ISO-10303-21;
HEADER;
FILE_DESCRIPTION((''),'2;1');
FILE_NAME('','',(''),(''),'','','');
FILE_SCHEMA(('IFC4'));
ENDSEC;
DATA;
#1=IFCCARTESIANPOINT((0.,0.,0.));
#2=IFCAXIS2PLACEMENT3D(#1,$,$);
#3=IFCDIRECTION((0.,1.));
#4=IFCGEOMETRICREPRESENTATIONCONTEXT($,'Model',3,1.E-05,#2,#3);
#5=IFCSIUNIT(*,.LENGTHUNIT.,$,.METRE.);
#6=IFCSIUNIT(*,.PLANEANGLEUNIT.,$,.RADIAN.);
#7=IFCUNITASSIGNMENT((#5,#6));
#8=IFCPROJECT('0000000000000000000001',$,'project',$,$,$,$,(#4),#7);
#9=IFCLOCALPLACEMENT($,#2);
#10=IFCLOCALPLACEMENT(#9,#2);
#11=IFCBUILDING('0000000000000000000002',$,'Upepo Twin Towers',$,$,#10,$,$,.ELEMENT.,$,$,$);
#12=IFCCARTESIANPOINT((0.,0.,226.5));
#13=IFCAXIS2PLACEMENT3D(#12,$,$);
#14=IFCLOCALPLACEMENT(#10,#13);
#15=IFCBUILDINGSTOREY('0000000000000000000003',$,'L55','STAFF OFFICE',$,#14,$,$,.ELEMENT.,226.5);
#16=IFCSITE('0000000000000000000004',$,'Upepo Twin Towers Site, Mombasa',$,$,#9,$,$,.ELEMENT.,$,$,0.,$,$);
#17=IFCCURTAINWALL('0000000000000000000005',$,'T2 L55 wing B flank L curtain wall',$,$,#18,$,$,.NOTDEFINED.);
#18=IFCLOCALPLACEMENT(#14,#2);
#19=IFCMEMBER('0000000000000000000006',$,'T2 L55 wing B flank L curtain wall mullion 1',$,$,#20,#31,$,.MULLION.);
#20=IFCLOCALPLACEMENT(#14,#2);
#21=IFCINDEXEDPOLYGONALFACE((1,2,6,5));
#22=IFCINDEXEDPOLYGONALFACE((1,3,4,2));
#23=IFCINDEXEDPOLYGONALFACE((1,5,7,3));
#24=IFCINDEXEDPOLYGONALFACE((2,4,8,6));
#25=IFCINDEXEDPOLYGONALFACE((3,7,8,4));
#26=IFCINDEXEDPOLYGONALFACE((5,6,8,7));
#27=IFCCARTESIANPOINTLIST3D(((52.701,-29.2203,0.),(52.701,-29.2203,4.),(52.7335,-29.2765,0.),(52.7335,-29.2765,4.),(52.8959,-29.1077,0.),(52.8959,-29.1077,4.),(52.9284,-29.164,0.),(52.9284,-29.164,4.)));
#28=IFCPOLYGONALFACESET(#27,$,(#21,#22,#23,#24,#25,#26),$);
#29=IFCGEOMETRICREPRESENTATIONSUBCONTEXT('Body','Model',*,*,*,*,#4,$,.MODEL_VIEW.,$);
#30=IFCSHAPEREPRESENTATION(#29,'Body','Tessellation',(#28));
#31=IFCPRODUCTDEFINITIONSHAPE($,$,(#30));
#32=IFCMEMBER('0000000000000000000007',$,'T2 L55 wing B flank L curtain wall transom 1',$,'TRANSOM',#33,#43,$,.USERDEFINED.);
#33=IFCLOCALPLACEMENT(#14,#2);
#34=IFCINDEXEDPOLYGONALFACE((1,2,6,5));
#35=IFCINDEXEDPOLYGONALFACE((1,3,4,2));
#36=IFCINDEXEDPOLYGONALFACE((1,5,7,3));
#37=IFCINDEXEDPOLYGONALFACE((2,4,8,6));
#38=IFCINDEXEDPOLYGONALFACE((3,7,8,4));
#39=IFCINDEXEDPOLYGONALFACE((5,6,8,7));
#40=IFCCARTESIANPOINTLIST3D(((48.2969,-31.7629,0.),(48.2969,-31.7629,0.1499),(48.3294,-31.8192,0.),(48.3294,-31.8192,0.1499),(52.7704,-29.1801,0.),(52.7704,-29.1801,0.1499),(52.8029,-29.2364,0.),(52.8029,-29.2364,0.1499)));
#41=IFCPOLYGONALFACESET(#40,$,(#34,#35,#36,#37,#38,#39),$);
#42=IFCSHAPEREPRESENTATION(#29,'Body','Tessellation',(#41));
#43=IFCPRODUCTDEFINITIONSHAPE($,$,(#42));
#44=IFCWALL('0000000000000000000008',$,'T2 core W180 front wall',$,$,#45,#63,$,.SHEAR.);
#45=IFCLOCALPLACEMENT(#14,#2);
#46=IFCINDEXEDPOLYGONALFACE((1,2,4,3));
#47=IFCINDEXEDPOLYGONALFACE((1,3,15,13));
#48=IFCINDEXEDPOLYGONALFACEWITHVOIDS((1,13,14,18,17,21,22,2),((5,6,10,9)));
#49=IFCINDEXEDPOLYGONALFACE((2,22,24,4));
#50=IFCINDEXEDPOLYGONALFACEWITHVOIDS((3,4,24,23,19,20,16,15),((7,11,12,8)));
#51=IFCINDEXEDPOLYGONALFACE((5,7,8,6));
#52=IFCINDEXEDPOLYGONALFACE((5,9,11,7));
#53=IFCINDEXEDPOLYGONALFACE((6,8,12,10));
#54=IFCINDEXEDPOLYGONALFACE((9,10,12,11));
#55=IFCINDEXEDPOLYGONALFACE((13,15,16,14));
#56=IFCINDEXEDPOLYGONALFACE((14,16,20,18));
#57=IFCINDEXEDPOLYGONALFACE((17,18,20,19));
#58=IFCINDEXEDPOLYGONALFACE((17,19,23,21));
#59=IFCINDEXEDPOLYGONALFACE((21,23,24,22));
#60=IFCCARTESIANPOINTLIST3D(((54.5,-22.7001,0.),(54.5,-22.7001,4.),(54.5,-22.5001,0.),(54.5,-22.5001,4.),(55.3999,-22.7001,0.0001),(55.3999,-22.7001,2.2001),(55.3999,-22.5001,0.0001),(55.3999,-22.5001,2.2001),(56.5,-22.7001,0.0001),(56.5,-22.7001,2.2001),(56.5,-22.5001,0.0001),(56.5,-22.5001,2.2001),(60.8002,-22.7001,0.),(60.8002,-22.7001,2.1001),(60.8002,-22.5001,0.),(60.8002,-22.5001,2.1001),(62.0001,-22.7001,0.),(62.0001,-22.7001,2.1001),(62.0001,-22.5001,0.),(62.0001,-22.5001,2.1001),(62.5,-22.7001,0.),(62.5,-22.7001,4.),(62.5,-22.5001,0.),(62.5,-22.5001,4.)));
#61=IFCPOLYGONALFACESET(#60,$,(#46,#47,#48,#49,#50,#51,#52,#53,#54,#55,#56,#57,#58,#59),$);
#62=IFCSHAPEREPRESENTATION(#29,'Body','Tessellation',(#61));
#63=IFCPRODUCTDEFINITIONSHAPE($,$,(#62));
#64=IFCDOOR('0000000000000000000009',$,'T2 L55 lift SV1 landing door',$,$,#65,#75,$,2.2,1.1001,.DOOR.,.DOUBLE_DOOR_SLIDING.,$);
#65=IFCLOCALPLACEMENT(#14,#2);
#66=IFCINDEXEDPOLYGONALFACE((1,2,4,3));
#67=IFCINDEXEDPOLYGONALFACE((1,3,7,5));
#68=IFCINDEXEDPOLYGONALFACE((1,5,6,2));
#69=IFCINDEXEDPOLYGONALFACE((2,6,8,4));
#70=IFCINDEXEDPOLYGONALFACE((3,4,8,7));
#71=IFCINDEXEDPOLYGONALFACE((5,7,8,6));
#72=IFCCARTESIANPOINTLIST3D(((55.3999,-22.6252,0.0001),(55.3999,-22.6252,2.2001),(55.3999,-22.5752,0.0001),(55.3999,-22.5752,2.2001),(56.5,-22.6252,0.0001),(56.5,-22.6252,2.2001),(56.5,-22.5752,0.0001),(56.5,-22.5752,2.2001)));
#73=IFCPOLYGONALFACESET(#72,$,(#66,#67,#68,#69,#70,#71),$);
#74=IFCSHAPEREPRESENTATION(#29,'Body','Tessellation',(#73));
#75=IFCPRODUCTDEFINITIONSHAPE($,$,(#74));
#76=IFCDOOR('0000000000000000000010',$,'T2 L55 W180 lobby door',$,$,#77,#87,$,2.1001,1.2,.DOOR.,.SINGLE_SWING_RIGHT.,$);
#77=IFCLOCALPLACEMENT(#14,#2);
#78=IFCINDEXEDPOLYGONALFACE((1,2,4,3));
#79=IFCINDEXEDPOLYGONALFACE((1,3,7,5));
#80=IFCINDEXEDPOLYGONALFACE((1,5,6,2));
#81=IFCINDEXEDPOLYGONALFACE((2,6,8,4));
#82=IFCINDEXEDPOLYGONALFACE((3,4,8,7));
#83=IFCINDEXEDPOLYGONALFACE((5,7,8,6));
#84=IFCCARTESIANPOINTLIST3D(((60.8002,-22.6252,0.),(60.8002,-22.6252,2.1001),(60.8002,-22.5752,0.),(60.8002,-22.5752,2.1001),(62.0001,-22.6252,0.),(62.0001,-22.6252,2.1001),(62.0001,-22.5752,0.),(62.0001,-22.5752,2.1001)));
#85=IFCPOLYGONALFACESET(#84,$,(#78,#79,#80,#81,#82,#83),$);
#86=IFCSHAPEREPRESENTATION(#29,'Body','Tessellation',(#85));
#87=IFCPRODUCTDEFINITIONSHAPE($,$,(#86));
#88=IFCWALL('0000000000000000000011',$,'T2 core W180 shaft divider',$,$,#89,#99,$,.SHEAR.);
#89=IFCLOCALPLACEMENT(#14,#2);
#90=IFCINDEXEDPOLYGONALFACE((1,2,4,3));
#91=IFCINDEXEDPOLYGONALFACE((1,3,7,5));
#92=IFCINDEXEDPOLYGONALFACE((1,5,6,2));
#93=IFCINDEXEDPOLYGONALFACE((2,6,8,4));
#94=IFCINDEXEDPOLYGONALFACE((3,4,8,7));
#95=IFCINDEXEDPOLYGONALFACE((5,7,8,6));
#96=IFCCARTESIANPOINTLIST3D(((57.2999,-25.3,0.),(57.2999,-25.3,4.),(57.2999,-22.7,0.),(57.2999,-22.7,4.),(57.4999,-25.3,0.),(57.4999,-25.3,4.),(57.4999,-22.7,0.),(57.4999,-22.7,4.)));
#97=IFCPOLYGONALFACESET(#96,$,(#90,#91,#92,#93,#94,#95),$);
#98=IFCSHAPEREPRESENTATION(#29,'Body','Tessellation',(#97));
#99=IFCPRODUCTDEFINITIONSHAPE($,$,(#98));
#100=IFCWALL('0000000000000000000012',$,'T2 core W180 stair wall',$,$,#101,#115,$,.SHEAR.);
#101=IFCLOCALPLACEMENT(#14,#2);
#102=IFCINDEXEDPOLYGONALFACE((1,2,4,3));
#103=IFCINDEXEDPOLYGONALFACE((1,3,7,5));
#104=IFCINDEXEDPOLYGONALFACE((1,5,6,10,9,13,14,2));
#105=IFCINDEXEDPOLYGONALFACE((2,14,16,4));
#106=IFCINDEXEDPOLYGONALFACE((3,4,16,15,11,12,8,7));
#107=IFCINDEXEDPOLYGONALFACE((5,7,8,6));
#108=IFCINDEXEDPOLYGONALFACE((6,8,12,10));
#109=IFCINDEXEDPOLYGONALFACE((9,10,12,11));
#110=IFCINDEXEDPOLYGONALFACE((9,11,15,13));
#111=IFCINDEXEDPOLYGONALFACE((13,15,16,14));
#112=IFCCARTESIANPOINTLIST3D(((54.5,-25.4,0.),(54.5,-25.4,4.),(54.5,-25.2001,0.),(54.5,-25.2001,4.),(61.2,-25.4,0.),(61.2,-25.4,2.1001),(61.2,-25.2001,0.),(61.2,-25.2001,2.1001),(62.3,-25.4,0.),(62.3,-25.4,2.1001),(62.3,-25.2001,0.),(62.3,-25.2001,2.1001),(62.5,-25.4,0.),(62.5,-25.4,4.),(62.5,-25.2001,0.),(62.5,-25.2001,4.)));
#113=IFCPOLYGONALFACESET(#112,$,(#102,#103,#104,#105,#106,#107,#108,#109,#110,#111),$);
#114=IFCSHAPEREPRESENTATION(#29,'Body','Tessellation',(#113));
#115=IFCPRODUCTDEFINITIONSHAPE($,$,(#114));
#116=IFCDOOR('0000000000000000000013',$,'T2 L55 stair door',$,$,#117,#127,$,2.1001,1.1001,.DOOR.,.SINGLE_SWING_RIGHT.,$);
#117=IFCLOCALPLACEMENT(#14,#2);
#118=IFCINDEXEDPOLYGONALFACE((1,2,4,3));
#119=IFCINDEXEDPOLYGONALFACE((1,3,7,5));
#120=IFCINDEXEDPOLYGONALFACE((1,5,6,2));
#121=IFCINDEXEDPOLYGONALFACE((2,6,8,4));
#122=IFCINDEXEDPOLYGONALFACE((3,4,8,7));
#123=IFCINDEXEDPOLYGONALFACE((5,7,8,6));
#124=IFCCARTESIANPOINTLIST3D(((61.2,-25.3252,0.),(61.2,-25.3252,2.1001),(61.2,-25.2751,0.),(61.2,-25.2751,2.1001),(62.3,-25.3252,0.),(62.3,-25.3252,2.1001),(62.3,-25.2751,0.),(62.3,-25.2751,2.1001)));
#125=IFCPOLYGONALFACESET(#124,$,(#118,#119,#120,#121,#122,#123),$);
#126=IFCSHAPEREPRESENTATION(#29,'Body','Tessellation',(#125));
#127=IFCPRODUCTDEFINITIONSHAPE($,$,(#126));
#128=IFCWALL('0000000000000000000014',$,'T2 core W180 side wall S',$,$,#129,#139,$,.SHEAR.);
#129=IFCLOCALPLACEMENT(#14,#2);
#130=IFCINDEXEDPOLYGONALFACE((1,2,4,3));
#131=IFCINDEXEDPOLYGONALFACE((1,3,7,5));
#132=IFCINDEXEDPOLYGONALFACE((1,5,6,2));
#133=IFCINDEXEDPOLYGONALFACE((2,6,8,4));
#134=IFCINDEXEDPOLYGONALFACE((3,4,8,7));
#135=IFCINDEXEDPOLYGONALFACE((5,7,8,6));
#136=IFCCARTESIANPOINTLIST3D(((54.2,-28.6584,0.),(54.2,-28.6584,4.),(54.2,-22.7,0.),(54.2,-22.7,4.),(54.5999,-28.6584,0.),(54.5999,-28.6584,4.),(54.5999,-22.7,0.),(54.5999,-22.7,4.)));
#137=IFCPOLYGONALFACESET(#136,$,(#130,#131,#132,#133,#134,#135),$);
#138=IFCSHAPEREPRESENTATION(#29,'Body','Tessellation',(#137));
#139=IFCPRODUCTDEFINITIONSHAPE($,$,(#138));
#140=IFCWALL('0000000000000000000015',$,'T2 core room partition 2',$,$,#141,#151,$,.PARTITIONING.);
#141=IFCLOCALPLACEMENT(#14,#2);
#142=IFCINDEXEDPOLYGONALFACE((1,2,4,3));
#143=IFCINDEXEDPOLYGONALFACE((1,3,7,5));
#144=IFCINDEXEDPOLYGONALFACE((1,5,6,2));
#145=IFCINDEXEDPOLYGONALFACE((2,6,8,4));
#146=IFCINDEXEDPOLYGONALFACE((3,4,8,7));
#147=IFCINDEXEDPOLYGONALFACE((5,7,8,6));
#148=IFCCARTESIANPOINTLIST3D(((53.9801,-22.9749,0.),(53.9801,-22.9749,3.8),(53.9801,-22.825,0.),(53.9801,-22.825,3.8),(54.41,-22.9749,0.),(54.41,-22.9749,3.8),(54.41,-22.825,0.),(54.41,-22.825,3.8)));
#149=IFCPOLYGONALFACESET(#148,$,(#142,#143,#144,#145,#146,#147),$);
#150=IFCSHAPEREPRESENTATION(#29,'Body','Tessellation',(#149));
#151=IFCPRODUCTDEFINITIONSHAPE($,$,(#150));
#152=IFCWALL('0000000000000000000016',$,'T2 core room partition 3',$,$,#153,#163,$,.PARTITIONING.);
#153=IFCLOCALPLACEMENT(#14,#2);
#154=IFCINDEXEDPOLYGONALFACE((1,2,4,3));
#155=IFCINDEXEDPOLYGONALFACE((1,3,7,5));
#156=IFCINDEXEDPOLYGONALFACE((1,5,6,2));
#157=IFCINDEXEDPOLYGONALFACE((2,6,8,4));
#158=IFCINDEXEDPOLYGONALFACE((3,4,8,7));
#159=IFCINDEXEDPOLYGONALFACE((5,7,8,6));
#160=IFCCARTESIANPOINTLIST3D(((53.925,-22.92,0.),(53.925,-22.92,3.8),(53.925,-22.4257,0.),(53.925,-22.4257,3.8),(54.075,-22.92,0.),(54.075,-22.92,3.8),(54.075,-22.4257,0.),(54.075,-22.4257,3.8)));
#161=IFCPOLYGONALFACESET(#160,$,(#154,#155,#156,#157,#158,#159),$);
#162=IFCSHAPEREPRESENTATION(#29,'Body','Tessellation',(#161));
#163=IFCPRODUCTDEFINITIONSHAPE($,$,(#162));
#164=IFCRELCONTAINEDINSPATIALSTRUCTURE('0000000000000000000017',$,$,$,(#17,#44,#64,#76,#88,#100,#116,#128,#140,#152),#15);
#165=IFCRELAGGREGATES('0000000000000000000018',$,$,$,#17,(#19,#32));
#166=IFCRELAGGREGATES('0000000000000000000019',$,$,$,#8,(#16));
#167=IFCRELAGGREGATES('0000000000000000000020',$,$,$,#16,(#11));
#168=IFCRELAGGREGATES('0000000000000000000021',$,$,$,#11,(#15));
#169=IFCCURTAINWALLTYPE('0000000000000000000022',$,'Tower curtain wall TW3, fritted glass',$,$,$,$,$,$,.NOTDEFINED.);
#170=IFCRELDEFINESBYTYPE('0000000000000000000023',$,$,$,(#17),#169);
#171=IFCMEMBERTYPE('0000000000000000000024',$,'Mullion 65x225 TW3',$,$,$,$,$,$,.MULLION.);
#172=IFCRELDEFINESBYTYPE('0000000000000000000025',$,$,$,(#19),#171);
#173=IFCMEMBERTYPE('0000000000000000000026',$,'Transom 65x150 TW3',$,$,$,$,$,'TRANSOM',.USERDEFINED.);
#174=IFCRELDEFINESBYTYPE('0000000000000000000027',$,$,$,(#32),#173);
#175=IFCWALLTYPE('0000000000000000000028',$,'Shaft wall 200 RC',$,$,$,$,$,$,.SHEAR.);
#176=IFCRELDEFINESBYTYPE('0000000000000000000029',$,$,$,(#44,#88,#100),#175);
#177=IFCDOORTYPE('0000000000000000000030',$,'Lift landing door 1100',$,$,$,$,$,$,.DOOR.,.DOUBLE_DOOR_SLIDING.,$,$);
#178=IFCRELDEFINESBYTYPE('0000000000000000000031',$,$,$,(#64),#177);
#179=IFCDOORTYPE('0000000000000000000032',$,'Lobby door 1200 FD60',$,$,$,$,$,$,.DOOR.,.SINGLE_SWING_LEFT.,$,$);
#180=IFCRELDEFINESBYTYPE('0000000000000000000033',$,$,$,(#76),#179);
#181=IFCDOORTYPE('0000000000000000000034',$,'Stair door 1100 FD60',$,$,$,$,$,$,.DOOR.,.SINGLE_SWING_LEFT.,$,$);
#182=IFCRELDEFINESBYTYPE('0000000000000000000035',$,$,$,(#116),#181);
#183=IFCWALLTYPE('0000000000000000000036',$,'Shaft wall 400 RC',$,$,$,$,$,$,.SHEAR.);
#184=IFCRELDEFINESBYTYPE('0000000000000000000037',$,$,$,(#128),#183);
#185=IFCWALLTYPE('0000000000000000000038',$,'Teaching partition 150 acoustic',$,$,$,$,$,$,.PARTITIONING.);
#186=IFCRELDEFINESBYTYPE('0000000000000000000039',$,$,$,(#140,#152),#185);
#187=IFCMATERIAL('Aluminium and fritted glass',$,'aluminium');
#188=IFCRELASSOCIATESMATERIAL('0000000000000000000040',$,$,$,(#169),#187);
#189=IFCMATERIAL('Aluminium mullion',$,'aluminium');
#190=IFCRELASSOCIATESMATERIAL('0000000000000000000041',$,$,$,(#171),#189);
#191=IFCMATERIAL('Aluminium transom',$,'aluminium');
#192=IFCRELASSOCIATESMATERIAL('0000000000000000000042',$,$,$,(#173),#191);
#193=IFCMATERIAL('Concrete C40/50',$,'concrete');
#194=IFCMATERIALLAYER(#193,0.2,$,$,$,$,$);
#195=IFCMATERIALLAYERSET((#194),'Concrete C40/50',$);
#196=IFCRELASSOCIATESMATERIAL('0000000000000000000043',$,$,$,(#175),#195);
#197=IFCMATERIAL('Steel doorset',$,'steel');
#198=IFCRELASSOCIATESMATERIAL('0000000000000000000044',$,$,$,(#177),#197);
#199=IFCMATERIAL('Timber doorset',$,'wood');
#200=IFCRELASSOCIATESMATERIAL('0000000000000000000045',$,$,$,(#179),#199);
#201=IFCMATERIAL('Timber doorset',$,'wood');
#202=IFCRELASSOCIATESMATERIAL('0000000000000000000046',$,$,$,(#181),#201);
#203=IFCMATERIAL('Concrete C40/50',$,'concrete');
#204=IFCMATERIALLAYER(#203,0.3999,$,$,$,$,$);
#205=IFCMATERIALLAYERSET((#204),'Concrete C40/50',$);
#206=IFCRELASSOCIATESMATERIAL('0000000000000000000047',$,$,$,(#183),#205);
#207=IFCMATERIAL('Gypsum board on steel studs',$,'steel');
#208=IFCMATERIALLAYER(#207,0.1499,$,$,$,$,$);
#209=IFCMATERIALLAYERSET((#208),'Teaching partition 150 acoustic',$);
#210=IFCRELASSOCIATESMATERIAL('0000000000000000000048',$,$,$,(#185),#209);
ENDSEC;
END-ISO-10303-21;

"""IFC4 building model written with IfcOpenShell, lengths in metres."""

from ifc_helpers import new_model, si_unit, direction, frame, frame_2d, origin, origin_2d, place, context, subcontext, project, spatial, rectangle, extrude, material, layer, layer_set, material_profile, profile_set, type_object, element, fill, aggregate, save


model = new_model("IFC4")

# Units and contexts
model_context = context("Model", 3, precision=1e-05, world=origin(), true_north=direction((0.0, 1.0)))
body_context = subcontext(model_context, "Body", "Model", "MODEL_VIEW")
ifc_project = project(units=[si_unit("LENGTHUNIT", "METRE"), si_unit("PLANEANGLEUNIT", "RADIAN")], contexts=[model_context])

# Site, building, storey
site_placement = place(None, origin())
site = spatial("IfcSite", under=ifc_project, at=site_placement, Name="Upepo Twin Towers Site, Mombasa", CompositionType="ELEMENT", RefElevation=0.0)
building_placement = place(site_placement, origin())
building = spatial("IfcBuilding", under=site, at=building_placement, Name="Upepo Twin Towers", CompositionType="ELEMENT")
storey_placement = place(building_placement, frame((0.0, 0.0, 226.5)))
storey = spatial("IfcBuildingStorey", under=building, at=storey_placement, Name="L55", Description="STAFF OFFICE", CompositionType="ELEMENT", Elevation=226.5)

# Curtain wall, members
ifc_material_1 = material(Name="Aluminium and fritted glass", Category="aluminium")
curtain_wall_type = type_object("IfcCurtainWallType", Name="Tower curtain wall TW3, fritted glass", PredefinedType="NOTDEFINED", material=ifc_material_1)
curtain_wall_placement = place(storey_placement, origin())
curtain_wall = element("IfcCurtainWall", 1, at=curtain_wall_placement, inside=storey, type_object=curtain_wall_type, Name="T2 L55 wing B flank L curtain wall", PredefinedType="NOTDEFINED")
ifc_material_2 = material(Name="Aluminium mullion", Category="aluminium")
ifc_material_profile_1 = material_profile(ifc_material_2, rectangle(XDim=0.0649, YDim=0.2251, at=origin_2d()), Name="MULLION 65x225")
ifc_profile_set_1 = profile_set([ifc_material_profile_1], Name="Aluminium mullion")
member_type_1 = type_object("IfcMemberType", Name="Mullion 65x225 TW3", PredefinedType="MULLION", material=ifc_profile_set_1)
member_1_placement = place(storey_placement, frame((52.8147, -29.1921, 0.0), z_axis=(0.0, 0.0, 1.0), x_axis=(0.5, -0.866025, 0.0)))
member_1 = element("IfcMember", 2, at=member_1_placement, type_object=member_type_1, Name="T2 L55 wing B flank L curtain wall mullion 1", PredefinedType="MULLION", context=body_context, shape_type="SweptSolid", body=[
    extrude(rectangle(XDim=0.0649, YDim=0.2251, at=origin_2d()), origin(), (0.0, 0.0, 1.0), 4.0),
])
ifc_material_3 = material(Name="Aluminium transom", Category="aluminium")
ifc_material_profile_2 = material_profile(ifc_material_3, rectangle(XDim=0.0649, YDim=0.1499, at=origin_2d()), Name="TRANSOM 65x150")
ifc_profile_set_2 = profile_set([ifc_material_profile_2], Name="Aluminium transom")
member_type_2 = type_object("IfcMemberType", Name="Transom 65x150 TW3", ElementType="TRANSOM", PredefinedType="USERDEFINED", material=ifc_profile_set_2)
member_2_placement = place(storey_placement, frame((52.7866, -29.2083, 0.075), z_axis=(-0.866021, -0.500007, 0.0), x_axis=(0.500007, -0.866021, 0.0)))
member_2 = element("IfcMember", 3, at=member_2_placement, type_object=member_type_2, Name="T2 L55 wing B flank L curtain wall transom 1", ObjectType="TRANSOM", PredefinedType="USERDEFINED", context=body_context, shape_type="SweptSolid", body=[
    extrude(rectangle(XDim=0.0649, YDim=0.1499, at=origin_2d()), origin(), (0.0, 0.0, 1.0), 5.1655),
])
aggregate(curtain_wall, [member_1, member_2])

# Wall, openings, doors
ifc_material_4 = material(Name="Concrete C40/50", Category="concrete")
ifc_layer_1 = layer(ifc_material_4, 0.2)
ifc_layer_set_1 = layer_set([ifc_layer_1], Name="Concrete C40/50")
wall_type_1 = type_object("IfcWallType", Name="Shaft wall 200 RC", PredefinedType="SHEAR", material=ifc_layer_set_1)
wall_1_placement = place(storey_placement, frame((54.5, -22.6001, 0.0), z_axis=(0.0, 0.0, 1.0), x_axis=(1.0, 0.0, 0.0)))
wall_1 = element("IfcWall", 4, at=wall_1_placement, inside=storey, type_object=wall_type_1, Name="T2 core W180 front wall", PredefinedType="SHEAR", context=body_context, shape_type="SweptSolid", body=[
    extrude(rectangle(XDim=8.0, YDim=0.2, at=frame_2d((4.0, 0.0))), origin(), (0.0, 0.0, 1.0), 4.0),
])
opening_1_placement = place(wall_1_placement, frame((6.3, 0.0, 0.0)))
opening_1 = element("IfcOpeningElement", 5, at=opening_1_placement, cuts=wall_1, PredefinedType="OPENING", context=body_context, shape_type="SweptSolid", body=[
    extrude(rectangle(XDim=1.2, YDim=2.1001, at=frame_2d((0.6001, 1.05))), frame((0.0, 0.1099, 0.0), z_axis=(0.0, -1.0, 0.0), x_axis=(1.0, 0.0, 0.0)), (0.0, 0.0, 1.0), 0.22),
])
opening_2_placement = place(wall_1_placement, frame((0.8999, 0.0, 0.0)))
opening_2 = element("IfcOpeningElement", 6, at=opening_2_placement, cuts=wall_1, PredefinedType="OPENING", context=body_context, shape_type="SweptSolid", body=[
    extrude(rectangle(XDim=1.1001, YDim=2.2, at=frame_2d((0.55, 1.1001))), frame((0.0, 0.1099, 0.0), z_axis=(0.0, -1.0, 0.0), x_axis=(1.0, 0.0, 0.0)), (0.0, 0.0, 1.0), 0.22),
])
ifc_material_5 = material(Name="Steel doorset", Category="steel")
door_type_1 = type_object("IfcDoorType", Name="Lift landing door 1100", OperationType="DOUBLE_DOOR_SLIDING", PredefinedType="DOOR", material=ifc_material_5)
door_1_placement = place(opening_2_placement, origin())
door_1 = element("IfcDoor", 7, at=door_1_placement, inside=storey, type_object=door_type_1, Name="T2 L55 lift SV1 landing door", OperationType="DOUBLE_DOOR_SLIDING", OverallHeight=2.2, OverallWidth=1.1001, PredefinedType="DOOR", context=body_context, shape_type="SweptSolid", body=[
    extrude(rectangle(XDim=1.1001, YDim=2.2, at=frame_2d((0.55, 1.1001))), frame((0.0, 0.0249, 0.0), z_axis=(0.0, -1.0, 0.0), x_axis=(1.0, 0.0, 0.0)), (0.0, 0.0, 1.0), 0.05),
])
fill(opening_2, door_1)
ifc_material_6 = material(Name="Timber doorset", Category="wood")
door_type_2 = type_object("IfcDoorType", Name="Lobby door 1200 FD60", OperationType="SINGLE_SWING_LEFT", PredefinedType="DOOR", material=ifc_material_6)
door_2_placement = place(opening_1_placement, origin())
door_2 = element("IfcDoor", 8, at=door_2_placement, inside=storey, type_object=door_type_2, Name="T2 L55 W180 lobby door", OperationType="SINGLE_SWING_RIGHT", OverallHeight=2.1001, OverallWidth=1.2, PredefinedType="DOOR", context=body_context, shape_type="SweptSolid", body=[
    extrude(rectangle(XDim=1.2, YDim=2.1001, at=frame_2d((0.6001, 1.05))), frame((0.0, 0.0249, 0.0), z_axis=(0.0, -1.0, 0.0), x_axis=(1.0, 0.0, 0.0)), (0.0, 0.0, 1.0), 0.05),
])
fill(opening_1, door_2)

# Wall
wall_2_placement = place(storey_placement, frame((57.3999, -22.7, 0.0), z_axis=(0.0, 0.0, 1.0), x_axis=(0.0, -1.0, 0.0)))
element("IfcWall", 9, at=wall_2_placement, inside=storey, type_object=wall_type_1, Name="T2 core W180 shaft divider", PredefinedType="SHEAR", context=body_context, shape_type="SweptSolid", body=[
    extrude(rectangle(XDim=2.6001, YDim=0.2, at=frame_2d((1.3, 0.0))), origin(), (0.0, 0.0, 1.0), 4.0),
])

# Wall, opening, door
wall_3_placement = place(storey_placement, frame((54.5, -25.3, 0.0), z_axis=(0.0, 0.0, 1.0), x_axis=(1.0, 0.0, 0.0)))
wall_3 = element("IfcWall", 10, at=wall_3_placement, inside=storey, type_object=wall_type_1, Name="T2 core W180 stair wall", PredefinedType="SHEAR", context=body_context, shape_type="SweptSolid", body=[
    extrude(rectangle(XDim=8.0, YDim=0.2, at=frame_2d((4.0, 0.0))), origin(), (0.0, 0.0, 1.0), 4.0),
])
opening_3_placement = place(wall_3_placement, frame((6.7, 0.0, 0.0)))
opening_3 = element("IfcOpeningElement", 11, at=opening_3_placement, cuts=wall_3, PredefinedType="OPENING", context=body_context, shape_type="SweptSolid", body=[
    extrude(rectangle(XDim=1.1001, YDim=2.1001, at=frame_2d((0.55, 1.05))), frame((0.0, 0.1099, 0.0), z_axis=(0.0, -1.0, 0.0), x_axis=(1.0, 0.0, 0.0)), (0.0, 0.0, 1.0), 0.22),
])
ifc_material_7 = material(Name="Timber doorset", Category="wood")
door_type_3 = type_object("IfcDoorType", Name="Stair door 1100 FD60", OperationType="SINGLE_SWING_LEFT", PredefinedType="DOOR", material=ifc_material_7)
door_3_placement = place(opening_3_placement, origin())
door_3 = element("IfcDoor", 12, at=door_3_placement, inside=storey, type_object=door_type_3, Name="T2 L55 stair door", OperationType="SINGLE_SWING_RIGHT", OverallHeight=2.1001, OverallWidth=1.1001, PredefinedType="DOOR", context=body_context, shape_type="SweptSolid", body=[
    extrude(rectangle(XDim=1.1001, YDim=2.1001, at=frame_2d((0.55, 1.05))), frame((0.0, 0.0249, 0.0), z_axis=(0.0, -1.0, 0.0), x_axis=(1.0, 0.0, 0.0)), (0.0, 0.0, 1.0), 0.05),
])
fill(opening_3, door_3)

# Walls
ifc_material_8 = material(Name="Concrete C40/50", Category="concrete")
ifc_layer_2 = layer(ifc_material_8, 0.3999)
ifc_layer_set_2 = layer_set([ifc_layer_2], Name="Concrete C40/50")
wall_type_2 = type_object("IfcWallType", Name="Shaft wall 400 RC", PredefinedType="SHEAR", material=ifc_layer_set_2)
wall_4_placement = place(storey_placement, frame((54.3999, -22.7, 0.0), z_axis=(0.0, 0.0, 1.0), x_axis=(0.0, -1.0, 0.0)))
element("IfcWall", 13, at=wall_4_placement, inside=storey, type_object=wall_type_2, Name="T2 core W180 side wall S", PredefinedType="SHEAR", context=body_context, shape_type="SweptSolid", body=[
    extrude(rectangle(XDim=5.9585, YDim=0.3999, at=frame_2d((2.9792, 0.0))), origin(), (0.0, 0.0, 1.0), 4.0),
])
ifc_material_9 = material(Name="Gypsum board on steel studs", Category="steel")
ifc_layer_3 = layer(ifc_material_9, 0.1499)
ifc_layer_set_3 = layer_set([ifc_layer_3], Name="Teaching partition 150 acoustic")
wall_type_3 = type_object("IfcWallType", Name="Teaching partition 150 acoustic", PredefinedType="PARTITIONING", material=ifc_layer_set_3)
wall_5_placement = place(storey_placement, frame((54.4099, -22.8999, 0.0), z_axis=(0.0, 0.0, 1.0), x_axis=(-1.0, 0.0, 0.0)))
element("IfcWall", 14, at=wall_5_placement, inside=storey, type_object=wall_type_3, Name="T2 core room partition 2", PredefinedType="PARTITIONING", context=body_context, shape_type="SweptSolid", body=[
    extrude(rectangle(XDim=0.4299, YDim=0.1499, at=frame_2d((0.2148, 0.0))), origin(), (0.0, 0.0, 1.0), 3.8),
])
wall_6_placement = place(storey_placement, frame((54.0, -22.9199, 0.0), z_axis=(0.0, 0.0, 1.0), x_axis=(0.0, 1.0, 0.0)))
element("IfcWall", 15, at=wall_6_placement, inside=storey, type_object=wall_type_3, Name="T2 core room partition 3", PredefinedType="PARTITIONING", context=body_context, shape_type="SweptSolid", body=[
    extrude(rectangle(XDim=0.4944, YDim=0.1499, at=frame_2d((0.2471, 0.0))), origin(), (0.0, 0.0, 1.0), 3.8),
])

save(model, "model.ifc")
